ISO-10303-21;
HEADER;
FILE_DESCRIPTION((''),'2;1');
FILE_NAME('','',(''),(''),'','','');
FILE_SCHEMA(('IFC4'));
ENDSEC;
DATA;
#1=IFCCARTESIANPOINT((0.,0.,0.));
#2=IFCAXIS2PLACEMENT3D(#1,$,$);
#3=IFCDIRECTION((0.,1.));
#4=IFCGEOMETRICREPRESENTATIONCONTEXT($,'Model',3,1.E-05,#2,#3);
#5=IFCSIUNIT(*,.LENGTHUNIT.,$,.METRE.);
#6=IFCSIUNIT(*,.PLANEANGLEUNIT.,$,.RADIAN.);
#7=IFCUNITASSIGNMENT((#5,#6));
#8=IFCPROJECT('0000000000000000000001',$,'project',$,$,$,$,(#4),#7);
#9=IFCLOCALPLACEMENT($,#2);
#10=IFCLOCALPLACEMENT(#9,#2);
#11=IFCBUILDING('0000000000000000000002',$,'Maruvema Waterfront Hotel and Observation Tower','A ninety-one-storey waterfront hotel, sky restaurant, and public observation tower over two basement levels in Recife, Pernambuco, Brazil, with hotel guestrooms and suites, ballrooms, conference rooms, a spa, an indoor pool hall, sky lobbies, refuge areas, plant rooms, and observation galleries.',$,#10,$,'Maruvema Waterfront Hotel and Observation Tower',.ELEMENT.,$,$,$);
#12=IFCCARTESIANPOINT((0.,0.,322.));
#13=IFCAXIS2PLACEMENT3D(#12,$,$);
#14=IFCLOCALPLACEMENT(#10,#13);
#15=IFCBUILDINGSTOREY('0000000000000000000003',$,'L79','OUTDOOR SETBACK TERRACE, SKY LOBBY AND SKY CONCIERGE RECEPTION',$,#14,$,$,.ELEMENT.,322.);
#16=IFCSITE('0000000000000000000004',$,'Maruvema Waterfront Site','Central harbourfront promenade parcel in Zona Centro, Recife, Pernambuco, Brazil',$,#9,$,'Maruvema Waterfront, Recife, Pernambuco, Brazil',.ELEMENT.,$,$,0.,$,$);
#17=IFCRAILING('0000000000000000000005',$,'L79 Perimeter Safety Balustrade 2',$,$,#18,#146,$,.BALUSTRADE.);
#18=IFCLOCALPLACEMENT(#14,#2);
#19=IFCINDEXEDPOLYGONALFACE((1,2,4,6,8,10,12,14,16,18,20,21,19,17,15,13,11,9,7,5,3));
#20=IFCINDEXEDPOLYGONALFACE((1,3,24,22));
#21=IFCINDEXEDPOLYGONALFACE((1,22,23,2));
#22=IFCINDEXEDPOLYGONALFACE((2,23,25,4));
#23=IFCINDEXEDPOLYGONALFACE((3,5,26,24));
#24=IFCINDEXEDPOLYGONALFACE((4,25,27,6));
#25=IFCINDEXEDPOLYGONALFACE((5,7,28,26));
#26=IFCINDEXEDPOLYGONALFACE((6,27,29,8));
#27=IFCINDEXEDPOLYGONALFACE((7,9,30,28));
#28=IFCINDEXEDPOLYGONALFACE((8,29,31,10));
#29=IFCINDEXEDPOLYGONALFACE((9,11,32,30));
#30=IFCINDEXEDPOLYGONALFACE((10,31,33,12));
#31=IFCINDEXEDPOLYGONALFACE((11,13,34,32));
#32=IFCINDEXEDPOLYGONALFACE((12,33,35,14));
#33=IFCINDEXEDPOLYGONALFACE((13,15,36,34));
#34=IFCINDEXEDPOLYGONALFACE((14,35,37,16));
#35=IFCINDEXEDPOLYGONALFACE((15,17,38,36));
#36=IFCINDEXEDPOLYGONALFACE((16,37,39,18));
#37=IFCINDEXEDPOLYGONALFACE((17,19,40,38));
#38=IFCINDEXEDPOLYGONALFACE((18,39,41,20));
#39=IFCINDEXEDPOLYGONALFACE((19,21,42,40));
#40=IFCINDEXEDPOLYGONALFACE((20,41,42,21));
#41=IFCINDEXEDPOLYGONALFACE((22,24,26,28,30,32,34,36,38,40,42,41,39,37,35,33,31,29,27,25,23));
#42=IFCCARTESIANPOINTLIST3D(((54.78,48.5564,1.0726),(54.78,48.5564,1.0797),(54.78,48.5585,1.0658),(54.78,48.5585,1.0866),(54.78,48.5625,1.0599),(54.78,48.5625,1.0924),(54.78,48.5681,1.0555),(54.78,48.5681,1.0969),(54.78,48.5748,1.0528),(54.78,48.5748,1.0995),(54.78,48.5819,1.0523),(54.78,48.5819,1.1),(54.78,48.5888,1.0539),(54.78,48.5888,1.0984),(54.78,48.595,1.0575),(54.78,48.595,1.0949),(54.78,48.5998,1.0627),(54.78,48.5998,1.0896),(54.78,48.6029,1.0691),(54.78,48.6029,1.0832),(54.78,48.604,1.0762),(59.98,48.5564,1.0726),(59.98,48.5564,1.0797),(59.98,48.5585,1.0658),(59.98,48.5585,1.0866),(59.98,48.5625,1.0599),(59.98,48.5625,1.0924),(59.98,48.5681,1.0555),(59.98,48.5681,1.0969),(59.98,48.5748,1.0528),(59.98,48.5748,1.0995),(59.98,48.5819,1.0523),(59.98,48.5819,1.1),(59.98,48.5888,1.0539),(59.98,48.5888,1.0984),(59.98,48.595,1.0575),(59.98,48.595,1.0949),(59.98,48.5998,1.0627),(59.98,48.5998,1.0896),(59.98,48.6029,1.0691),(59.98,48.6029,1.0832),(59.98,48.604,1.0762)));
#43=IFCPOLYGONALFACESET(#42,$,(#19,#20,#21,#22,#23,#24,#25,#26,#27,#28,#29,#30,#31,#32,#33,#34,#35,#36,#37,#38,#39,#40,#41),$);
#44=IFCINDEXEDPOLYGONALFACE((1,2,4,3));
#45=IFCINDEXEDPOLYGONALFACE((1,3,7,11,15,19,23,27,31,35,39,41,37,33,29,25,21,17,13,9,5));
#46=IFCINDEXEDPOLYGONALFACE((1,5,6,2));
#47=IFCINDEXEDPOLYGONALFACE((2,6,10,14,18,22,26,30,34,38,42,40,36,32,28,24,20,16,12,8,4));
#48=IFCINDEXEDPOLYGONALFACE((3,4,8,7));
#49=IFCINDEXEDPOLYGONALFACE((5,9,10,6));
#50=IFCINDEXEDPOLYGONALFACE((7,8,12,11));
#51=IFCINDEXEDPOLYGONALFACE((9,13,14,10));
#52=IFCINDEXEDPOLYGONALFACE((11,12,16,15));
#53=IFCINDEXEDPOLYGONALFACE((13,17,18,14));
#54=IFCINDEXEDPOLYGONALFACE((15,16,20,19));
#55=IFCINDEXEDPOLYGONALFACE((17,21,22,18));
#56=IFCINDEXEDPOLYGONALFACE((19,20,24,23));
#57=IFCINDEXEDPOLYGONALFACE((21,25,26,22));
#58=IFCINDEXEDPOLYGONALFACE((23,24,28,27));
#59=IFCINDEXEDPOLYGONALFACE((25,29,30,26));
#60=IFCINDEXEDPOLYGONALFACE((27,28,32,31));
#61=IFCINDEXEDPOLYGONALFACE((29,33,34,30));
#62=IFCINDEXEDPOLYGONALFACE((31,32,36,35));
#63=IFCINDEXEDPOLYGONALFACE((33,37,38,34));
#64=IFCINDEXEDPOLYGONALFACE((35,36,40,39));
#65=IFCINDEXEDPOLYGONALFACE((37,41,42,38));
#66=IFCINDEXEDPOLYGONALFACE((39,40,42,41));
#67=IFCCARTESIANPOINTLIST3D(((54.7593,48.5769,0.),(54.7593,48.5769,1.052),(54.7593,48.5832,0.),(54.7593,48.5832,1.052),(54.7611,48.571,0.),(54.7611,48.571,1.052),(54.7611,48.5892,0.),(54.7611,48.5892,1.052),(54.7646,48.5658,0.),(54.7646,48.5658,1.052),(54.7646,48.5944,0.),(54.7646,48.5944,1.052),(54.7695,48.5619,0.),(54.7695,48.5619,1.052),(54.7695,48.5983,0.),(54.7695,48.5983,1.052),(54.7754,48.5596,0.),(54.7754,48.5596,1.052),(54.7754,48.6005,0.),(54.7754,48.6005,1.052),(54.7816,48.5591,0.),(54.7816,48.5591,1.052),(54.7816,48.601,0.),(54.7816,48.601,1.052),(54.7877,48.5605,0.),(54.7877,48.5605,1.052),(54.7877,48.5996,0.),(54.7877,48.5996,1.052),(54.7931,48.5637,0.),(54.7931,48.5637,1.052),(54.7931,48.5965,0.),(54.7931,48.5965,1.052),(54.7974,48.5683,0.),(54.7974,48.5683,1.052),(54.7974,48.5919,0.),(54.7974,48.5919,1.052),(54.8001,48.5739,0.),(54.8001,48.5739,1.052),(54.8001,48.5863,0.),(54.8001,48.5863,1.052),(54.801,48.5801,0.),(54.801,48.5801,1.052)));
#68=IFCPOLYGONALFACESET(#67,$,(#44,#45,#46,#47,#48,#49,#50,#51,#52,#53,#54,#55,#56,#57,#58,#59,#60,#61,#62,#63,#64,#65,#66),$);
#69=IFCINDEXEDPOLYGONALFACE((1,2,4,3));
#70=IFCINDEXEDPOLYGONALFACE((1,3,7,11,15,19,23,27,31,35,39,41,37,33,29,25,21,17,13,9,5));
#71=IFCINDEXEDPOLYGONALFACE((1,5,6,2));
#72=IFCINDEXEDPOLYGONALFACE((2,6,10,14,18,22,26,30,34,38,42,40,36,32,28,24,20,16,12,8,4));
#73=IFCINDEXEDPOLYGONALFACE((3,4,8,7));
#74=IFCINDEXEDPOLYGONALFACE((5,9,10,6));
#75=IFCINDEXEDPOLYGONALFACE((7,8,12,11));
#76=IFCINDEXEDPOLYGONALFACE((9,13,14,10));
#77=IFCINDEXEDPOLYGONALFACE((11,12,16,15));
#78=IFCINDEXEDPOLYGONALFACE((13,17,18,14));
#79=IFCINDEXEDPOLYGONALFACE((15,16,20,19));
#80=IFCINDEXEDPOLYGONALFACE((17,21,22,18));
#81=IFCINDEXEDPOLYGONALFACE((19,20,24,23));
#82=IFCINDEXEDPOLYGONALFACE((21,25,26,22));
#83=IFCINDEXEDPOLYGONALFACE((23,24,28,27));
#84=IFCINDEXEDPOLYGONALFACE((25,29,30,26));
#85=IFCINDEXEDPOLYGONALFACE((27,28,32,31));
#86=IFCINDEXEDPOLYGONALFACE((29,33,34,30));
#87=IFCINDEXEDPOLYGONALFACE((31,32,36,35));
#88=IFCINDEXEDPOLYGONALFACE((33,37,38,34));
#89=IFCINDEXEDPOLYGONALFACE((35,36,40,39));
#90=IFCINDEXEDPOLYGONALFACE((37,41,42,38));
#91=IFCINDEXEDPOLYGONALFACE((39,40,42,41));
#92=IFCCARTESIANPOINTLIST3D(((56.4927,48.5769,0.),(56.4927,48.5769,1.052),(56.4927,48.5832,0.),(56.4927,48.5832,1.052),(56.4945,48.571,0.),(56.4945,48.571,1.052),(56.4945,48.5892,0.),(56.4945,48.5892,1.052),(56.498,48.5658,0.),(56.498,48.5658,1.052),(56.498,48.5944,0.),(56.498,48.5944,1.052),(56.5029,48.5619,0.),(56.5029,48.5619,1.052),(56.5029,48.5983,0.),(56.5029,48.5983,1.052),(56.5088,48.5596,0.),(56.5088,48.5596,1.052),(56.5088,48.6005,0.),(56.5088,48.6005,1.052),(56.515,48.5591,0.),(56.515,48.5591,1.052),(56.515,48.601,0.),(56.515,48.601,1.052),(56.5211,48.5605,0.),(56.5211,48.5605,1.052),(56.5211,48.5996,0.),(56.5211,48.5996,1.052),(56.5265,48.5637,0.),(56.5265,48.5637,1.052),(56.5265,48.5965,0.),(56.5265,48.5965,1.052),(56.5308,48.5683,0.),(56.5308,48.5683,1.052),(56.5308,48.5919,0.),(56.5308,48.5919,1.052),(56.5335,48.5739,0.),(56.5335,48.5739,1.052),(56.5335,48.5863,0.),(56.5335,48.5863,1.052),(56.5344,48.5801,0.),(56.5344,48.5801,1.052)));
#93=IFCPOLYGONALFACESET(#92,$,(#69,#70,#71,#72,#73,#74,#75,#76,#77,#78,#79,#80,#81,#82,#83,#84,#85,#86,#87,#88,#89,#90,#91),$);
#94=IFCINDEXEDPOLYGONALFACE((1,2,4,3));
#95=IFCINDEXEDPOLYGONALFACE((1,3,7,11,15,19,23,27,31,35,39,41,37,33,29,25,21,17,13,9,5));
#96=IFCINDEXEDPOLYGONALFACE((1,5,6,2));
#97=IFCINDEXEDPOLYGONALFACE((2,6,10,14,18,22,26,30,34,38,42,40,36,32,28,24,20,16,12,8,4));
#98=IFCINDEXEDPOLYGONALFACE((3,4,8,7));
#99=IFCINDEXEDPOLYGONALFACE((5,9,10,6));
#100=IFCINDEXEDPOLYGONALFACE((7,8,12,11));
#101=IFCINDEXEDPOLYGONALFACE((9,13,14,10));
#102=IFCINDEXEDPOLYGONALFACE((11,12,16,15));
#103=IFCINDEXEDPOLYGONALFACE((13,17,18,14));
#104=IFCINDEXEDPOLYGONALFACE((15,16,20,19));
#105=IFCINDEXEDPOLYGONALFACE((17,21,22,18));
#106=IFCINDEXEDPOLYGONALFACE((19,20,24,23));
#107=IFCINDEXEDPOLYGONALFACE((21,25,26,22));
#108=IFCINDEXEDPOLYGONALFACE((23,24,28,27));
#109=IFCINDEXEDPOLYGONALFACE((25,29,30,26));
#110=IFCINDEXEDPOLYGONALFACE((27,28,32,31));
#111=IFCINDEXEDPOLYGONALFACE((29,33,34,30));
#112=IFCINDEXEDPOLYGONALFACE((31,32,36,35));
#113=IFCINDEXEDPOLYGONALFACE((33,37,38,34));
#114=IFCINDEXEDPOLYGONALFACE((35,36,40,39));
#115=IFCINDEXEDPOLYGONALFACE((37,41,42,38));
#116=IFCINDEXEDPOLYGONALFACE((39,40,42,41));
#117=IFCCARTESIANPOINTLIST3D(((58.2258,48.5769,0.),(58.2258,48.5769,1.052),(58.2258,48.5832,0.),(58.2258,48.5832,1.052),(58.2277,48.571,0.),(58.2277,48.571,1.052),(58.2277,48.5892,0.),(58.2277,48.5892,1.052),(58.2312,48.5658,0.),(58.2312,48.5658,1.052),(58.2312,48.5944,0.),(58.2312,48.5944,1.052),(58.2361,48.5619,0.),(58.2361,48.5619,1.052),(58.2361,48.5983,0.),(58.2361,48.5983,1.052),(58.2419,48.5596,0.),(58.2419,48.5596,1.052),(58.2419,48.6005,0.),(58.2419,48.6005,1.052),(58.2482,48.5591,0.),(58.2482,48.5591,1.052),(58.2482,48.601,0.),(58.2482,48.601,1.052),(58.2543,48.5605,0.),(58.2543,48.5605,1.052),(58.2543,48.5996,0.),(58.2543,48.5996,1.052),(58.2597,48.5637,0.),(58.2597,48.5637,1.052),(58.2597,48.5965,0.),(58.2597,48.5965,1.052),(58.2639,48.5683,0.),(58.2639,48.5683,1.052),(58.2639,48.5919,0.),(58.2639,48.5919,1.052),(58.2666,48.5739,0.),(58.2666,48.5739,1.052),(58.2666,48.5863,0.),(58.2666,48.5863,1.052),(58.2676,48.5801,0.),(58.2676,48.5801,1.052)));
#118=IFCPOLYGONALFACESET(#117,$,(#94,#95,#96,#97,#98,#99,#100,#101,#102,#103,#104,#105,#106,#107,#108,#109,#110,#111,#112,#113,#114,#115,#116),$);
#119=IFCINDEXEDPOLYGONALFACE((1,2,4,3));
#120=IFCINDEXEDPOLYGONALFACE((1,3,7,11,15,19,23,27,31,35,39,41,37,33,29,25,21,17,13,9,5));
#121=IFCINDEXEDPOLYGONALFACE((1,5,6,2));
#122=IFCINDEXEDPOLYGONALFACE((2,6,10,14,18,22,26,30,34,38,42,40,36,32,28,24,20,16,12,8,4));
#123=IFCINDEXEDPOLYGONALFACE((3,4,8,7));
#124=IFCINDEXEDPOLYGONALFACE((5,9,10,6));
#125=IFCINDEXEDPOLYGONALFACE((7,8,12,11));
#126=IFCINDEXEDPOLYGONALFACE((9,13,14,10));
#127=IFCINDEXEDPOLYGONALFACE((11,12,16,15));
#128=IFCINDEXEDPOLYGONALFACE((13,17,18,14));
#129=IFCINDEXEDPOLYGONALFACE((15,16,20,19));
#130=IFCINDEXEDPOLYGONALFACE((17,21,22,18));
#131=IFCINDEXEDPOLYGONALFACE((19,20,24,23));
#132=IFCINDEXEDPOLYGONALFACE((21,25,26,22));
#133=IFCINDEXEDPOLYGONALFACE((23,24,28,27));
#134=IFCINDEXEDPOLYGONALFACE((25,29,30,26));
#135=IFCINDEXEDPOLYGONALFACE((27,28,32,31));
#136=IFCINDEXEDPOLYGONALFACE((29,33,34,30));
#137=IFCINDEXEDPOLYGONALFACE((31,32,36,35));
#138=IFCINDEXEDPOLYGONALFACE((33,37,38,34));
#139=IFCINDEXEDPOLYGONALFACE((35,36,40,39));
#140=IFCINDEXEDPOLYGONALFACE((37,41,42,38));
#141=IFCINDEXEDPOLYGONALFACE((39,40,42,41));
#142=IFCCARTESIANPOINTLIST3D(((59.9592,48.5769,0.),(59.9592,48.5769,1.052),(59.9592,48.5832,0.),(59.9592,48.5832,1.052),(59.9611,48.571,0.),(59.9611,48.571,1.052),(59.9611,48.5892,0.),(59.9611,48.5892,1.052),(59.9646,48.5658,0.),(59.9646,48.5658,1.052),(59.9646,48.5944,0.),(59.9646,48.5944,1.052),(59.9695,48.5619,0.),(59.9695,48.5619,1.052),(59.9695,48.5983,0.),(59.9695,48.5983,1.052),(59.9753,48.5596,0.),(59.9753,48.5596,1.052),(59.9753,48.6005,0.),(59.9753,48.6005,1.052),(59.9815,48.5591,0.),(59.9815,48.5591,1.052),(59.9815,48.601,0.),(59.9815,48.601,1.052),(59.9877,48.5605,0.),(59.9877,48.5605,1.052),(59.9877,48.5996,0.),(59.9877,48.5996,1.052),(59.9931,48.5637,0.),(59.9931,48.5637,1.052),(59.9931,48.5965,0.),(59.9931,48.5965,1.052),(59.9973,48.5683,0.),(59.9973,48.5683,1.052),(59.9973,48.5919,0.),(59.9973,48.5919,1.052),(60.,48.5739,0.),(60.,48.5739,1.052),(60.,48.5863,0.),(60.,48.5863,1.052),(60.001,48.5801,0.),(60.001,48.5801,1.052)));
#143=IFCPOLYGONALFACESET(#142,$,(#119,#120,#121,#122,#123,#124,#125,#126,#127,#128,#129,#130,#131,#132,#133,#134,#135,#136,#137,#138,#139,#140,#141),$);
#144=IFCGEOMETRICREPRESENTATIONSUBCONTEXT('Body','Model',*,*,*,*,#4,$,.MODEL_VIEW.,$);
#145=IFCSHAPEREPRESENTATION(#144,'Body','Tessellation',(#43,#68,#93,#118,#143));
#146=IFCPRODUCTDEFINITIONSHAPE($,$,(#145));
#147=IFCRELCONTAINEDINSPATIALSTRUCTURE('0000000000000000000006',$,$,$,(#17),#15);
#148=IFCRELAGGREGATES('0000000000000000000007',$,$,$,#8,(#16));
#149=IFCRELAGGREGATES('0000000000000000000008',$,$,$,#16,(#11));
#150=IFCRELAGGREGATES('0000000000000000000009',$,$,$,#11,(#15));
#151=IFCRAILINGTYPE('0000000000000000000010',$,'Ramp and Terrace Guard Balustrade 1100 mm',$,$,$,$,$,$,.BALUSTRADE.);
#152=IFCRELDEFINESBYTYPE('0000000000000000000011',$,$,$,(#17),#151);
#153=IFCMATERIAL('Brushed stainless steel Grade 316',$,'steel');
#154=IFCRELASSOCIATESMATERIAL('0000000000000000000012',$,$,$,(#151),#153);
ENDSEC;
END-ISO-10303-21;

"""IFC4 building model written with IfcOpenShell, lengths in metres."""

from ifc_helpers import new_model, si_unit, direction, frame, origin, origin_2d, place, context, subcontext, project, spatial, circle, extrude, material, type_object, element, save


model = new_model("IFC4")

# Units and contexts
model_context = context("Model", 3, precision=1e-05, world=origin(), true_north=direction((0.0, 1.0)))
body_context = subcontext(model_context, "Body", "Model", "MODEL_VIEW")
ifc_project = project(units=[si_unit("LENGTHUNIT", "METRE"), si_unit("PLANEANGLEUNIT", "RADIAN")], contexts=[model_context])

# Site, building, storey
site_placement = place(None, origin())
site = spatial("IfcSite", under=ifc_project, at=site_placement, Name="Maruvema Waterfront Site", Description="Central harbourfront promenade parcel in Zona Centro, Recife, Pernambuco, Brazil", LongName="Maruvema Waterfront, Recife, Pernambuco, Brazil", CompositionType="ELEMENT", RefElevation=0.0)
building_placement = place(site_placement, origin())
building = spatial("IfcBuilding", under=site, at=building_placement, Name="Maruvema Waterfront Hotel and Observation Tower", Description="A ninety-one-storey waterfront hotel, sky restaurant, and public observation tower over two basement levels in Recife, Pernambuco, Brazil, with hotel guestrooms and suites, ballrooms, conference rooms, a spa, an indoor pool hall, sky lobbies, refuge areas, plant rooms, and observation galleries.", LongName="Maruvema Waterfront Hotel and Observation Tower", CompositionType="ELEMENT")
storey_placement = place(building_placement, frame((0.0, 0.0, 322.0)))
storey = spatial("IfcBuildingStorey", under=building, at=storey_placement, Name="L79", Description="OUTDOOR SETBACK TERRACE, SKY LOBBY AND SKY CONCIERGE RECEPTION", CompositionType="ELEMENT", Elevation=322.0)

# Railing
ifc_material_1 = material(Name="Brushed stainless steel Grade 316", Category="steel")
railing_type_1 = type_object("IfcRailingType", Name="Ramp and Terrace Guard Balustrade 1100 mm", PredefinedType="BALUSTRADE", material=ifc_material_1)
railing_1_placement = place(storey_placement, frame((54.78, 48.5801, 0.0)))
element("IfcRailing", 1, at=railing_1_placement, inside=storey, type_object=railing_type_1, Name="L79 Perimeter Safety Balustrade 2", PredefinedType="BALUSTRADE", context=body_context, shape_type="SweptSolid", body=[
    extrude(circle(Radius=0.0239, at=origin_2d()), frame((0.0, 0.0, 1.0762), z_axis=(1.0, 0.0, 0.0), x_axis=(0.0, 1.0, 0.0)), (0.0, 0.0, 1.0), 5.2),
    extrude(circle(Radius=0.021, at=origin_2d()), origin(), (0.0, 0.0, 1.0), 1.052),
    extrude(circle(Radius=0.021, at=origin_2d()), frame((1.7334, 0.0, 0.0)), (0.0, 0.0, 1.0), 1.052),
    extrude(circle(Radius=0.021, at=origin_2d()), frame((3.4666, 0.0, 0.0)), (0.0, 0.0, 1.0), 1.052),
    extrude(circle(Radius=0.021, at=origin_2d()), frame((5.2, 0.0, 0.0)), (0.0, 0.0, 1.0), 1.052),
])

save(model, "model.ifc")
